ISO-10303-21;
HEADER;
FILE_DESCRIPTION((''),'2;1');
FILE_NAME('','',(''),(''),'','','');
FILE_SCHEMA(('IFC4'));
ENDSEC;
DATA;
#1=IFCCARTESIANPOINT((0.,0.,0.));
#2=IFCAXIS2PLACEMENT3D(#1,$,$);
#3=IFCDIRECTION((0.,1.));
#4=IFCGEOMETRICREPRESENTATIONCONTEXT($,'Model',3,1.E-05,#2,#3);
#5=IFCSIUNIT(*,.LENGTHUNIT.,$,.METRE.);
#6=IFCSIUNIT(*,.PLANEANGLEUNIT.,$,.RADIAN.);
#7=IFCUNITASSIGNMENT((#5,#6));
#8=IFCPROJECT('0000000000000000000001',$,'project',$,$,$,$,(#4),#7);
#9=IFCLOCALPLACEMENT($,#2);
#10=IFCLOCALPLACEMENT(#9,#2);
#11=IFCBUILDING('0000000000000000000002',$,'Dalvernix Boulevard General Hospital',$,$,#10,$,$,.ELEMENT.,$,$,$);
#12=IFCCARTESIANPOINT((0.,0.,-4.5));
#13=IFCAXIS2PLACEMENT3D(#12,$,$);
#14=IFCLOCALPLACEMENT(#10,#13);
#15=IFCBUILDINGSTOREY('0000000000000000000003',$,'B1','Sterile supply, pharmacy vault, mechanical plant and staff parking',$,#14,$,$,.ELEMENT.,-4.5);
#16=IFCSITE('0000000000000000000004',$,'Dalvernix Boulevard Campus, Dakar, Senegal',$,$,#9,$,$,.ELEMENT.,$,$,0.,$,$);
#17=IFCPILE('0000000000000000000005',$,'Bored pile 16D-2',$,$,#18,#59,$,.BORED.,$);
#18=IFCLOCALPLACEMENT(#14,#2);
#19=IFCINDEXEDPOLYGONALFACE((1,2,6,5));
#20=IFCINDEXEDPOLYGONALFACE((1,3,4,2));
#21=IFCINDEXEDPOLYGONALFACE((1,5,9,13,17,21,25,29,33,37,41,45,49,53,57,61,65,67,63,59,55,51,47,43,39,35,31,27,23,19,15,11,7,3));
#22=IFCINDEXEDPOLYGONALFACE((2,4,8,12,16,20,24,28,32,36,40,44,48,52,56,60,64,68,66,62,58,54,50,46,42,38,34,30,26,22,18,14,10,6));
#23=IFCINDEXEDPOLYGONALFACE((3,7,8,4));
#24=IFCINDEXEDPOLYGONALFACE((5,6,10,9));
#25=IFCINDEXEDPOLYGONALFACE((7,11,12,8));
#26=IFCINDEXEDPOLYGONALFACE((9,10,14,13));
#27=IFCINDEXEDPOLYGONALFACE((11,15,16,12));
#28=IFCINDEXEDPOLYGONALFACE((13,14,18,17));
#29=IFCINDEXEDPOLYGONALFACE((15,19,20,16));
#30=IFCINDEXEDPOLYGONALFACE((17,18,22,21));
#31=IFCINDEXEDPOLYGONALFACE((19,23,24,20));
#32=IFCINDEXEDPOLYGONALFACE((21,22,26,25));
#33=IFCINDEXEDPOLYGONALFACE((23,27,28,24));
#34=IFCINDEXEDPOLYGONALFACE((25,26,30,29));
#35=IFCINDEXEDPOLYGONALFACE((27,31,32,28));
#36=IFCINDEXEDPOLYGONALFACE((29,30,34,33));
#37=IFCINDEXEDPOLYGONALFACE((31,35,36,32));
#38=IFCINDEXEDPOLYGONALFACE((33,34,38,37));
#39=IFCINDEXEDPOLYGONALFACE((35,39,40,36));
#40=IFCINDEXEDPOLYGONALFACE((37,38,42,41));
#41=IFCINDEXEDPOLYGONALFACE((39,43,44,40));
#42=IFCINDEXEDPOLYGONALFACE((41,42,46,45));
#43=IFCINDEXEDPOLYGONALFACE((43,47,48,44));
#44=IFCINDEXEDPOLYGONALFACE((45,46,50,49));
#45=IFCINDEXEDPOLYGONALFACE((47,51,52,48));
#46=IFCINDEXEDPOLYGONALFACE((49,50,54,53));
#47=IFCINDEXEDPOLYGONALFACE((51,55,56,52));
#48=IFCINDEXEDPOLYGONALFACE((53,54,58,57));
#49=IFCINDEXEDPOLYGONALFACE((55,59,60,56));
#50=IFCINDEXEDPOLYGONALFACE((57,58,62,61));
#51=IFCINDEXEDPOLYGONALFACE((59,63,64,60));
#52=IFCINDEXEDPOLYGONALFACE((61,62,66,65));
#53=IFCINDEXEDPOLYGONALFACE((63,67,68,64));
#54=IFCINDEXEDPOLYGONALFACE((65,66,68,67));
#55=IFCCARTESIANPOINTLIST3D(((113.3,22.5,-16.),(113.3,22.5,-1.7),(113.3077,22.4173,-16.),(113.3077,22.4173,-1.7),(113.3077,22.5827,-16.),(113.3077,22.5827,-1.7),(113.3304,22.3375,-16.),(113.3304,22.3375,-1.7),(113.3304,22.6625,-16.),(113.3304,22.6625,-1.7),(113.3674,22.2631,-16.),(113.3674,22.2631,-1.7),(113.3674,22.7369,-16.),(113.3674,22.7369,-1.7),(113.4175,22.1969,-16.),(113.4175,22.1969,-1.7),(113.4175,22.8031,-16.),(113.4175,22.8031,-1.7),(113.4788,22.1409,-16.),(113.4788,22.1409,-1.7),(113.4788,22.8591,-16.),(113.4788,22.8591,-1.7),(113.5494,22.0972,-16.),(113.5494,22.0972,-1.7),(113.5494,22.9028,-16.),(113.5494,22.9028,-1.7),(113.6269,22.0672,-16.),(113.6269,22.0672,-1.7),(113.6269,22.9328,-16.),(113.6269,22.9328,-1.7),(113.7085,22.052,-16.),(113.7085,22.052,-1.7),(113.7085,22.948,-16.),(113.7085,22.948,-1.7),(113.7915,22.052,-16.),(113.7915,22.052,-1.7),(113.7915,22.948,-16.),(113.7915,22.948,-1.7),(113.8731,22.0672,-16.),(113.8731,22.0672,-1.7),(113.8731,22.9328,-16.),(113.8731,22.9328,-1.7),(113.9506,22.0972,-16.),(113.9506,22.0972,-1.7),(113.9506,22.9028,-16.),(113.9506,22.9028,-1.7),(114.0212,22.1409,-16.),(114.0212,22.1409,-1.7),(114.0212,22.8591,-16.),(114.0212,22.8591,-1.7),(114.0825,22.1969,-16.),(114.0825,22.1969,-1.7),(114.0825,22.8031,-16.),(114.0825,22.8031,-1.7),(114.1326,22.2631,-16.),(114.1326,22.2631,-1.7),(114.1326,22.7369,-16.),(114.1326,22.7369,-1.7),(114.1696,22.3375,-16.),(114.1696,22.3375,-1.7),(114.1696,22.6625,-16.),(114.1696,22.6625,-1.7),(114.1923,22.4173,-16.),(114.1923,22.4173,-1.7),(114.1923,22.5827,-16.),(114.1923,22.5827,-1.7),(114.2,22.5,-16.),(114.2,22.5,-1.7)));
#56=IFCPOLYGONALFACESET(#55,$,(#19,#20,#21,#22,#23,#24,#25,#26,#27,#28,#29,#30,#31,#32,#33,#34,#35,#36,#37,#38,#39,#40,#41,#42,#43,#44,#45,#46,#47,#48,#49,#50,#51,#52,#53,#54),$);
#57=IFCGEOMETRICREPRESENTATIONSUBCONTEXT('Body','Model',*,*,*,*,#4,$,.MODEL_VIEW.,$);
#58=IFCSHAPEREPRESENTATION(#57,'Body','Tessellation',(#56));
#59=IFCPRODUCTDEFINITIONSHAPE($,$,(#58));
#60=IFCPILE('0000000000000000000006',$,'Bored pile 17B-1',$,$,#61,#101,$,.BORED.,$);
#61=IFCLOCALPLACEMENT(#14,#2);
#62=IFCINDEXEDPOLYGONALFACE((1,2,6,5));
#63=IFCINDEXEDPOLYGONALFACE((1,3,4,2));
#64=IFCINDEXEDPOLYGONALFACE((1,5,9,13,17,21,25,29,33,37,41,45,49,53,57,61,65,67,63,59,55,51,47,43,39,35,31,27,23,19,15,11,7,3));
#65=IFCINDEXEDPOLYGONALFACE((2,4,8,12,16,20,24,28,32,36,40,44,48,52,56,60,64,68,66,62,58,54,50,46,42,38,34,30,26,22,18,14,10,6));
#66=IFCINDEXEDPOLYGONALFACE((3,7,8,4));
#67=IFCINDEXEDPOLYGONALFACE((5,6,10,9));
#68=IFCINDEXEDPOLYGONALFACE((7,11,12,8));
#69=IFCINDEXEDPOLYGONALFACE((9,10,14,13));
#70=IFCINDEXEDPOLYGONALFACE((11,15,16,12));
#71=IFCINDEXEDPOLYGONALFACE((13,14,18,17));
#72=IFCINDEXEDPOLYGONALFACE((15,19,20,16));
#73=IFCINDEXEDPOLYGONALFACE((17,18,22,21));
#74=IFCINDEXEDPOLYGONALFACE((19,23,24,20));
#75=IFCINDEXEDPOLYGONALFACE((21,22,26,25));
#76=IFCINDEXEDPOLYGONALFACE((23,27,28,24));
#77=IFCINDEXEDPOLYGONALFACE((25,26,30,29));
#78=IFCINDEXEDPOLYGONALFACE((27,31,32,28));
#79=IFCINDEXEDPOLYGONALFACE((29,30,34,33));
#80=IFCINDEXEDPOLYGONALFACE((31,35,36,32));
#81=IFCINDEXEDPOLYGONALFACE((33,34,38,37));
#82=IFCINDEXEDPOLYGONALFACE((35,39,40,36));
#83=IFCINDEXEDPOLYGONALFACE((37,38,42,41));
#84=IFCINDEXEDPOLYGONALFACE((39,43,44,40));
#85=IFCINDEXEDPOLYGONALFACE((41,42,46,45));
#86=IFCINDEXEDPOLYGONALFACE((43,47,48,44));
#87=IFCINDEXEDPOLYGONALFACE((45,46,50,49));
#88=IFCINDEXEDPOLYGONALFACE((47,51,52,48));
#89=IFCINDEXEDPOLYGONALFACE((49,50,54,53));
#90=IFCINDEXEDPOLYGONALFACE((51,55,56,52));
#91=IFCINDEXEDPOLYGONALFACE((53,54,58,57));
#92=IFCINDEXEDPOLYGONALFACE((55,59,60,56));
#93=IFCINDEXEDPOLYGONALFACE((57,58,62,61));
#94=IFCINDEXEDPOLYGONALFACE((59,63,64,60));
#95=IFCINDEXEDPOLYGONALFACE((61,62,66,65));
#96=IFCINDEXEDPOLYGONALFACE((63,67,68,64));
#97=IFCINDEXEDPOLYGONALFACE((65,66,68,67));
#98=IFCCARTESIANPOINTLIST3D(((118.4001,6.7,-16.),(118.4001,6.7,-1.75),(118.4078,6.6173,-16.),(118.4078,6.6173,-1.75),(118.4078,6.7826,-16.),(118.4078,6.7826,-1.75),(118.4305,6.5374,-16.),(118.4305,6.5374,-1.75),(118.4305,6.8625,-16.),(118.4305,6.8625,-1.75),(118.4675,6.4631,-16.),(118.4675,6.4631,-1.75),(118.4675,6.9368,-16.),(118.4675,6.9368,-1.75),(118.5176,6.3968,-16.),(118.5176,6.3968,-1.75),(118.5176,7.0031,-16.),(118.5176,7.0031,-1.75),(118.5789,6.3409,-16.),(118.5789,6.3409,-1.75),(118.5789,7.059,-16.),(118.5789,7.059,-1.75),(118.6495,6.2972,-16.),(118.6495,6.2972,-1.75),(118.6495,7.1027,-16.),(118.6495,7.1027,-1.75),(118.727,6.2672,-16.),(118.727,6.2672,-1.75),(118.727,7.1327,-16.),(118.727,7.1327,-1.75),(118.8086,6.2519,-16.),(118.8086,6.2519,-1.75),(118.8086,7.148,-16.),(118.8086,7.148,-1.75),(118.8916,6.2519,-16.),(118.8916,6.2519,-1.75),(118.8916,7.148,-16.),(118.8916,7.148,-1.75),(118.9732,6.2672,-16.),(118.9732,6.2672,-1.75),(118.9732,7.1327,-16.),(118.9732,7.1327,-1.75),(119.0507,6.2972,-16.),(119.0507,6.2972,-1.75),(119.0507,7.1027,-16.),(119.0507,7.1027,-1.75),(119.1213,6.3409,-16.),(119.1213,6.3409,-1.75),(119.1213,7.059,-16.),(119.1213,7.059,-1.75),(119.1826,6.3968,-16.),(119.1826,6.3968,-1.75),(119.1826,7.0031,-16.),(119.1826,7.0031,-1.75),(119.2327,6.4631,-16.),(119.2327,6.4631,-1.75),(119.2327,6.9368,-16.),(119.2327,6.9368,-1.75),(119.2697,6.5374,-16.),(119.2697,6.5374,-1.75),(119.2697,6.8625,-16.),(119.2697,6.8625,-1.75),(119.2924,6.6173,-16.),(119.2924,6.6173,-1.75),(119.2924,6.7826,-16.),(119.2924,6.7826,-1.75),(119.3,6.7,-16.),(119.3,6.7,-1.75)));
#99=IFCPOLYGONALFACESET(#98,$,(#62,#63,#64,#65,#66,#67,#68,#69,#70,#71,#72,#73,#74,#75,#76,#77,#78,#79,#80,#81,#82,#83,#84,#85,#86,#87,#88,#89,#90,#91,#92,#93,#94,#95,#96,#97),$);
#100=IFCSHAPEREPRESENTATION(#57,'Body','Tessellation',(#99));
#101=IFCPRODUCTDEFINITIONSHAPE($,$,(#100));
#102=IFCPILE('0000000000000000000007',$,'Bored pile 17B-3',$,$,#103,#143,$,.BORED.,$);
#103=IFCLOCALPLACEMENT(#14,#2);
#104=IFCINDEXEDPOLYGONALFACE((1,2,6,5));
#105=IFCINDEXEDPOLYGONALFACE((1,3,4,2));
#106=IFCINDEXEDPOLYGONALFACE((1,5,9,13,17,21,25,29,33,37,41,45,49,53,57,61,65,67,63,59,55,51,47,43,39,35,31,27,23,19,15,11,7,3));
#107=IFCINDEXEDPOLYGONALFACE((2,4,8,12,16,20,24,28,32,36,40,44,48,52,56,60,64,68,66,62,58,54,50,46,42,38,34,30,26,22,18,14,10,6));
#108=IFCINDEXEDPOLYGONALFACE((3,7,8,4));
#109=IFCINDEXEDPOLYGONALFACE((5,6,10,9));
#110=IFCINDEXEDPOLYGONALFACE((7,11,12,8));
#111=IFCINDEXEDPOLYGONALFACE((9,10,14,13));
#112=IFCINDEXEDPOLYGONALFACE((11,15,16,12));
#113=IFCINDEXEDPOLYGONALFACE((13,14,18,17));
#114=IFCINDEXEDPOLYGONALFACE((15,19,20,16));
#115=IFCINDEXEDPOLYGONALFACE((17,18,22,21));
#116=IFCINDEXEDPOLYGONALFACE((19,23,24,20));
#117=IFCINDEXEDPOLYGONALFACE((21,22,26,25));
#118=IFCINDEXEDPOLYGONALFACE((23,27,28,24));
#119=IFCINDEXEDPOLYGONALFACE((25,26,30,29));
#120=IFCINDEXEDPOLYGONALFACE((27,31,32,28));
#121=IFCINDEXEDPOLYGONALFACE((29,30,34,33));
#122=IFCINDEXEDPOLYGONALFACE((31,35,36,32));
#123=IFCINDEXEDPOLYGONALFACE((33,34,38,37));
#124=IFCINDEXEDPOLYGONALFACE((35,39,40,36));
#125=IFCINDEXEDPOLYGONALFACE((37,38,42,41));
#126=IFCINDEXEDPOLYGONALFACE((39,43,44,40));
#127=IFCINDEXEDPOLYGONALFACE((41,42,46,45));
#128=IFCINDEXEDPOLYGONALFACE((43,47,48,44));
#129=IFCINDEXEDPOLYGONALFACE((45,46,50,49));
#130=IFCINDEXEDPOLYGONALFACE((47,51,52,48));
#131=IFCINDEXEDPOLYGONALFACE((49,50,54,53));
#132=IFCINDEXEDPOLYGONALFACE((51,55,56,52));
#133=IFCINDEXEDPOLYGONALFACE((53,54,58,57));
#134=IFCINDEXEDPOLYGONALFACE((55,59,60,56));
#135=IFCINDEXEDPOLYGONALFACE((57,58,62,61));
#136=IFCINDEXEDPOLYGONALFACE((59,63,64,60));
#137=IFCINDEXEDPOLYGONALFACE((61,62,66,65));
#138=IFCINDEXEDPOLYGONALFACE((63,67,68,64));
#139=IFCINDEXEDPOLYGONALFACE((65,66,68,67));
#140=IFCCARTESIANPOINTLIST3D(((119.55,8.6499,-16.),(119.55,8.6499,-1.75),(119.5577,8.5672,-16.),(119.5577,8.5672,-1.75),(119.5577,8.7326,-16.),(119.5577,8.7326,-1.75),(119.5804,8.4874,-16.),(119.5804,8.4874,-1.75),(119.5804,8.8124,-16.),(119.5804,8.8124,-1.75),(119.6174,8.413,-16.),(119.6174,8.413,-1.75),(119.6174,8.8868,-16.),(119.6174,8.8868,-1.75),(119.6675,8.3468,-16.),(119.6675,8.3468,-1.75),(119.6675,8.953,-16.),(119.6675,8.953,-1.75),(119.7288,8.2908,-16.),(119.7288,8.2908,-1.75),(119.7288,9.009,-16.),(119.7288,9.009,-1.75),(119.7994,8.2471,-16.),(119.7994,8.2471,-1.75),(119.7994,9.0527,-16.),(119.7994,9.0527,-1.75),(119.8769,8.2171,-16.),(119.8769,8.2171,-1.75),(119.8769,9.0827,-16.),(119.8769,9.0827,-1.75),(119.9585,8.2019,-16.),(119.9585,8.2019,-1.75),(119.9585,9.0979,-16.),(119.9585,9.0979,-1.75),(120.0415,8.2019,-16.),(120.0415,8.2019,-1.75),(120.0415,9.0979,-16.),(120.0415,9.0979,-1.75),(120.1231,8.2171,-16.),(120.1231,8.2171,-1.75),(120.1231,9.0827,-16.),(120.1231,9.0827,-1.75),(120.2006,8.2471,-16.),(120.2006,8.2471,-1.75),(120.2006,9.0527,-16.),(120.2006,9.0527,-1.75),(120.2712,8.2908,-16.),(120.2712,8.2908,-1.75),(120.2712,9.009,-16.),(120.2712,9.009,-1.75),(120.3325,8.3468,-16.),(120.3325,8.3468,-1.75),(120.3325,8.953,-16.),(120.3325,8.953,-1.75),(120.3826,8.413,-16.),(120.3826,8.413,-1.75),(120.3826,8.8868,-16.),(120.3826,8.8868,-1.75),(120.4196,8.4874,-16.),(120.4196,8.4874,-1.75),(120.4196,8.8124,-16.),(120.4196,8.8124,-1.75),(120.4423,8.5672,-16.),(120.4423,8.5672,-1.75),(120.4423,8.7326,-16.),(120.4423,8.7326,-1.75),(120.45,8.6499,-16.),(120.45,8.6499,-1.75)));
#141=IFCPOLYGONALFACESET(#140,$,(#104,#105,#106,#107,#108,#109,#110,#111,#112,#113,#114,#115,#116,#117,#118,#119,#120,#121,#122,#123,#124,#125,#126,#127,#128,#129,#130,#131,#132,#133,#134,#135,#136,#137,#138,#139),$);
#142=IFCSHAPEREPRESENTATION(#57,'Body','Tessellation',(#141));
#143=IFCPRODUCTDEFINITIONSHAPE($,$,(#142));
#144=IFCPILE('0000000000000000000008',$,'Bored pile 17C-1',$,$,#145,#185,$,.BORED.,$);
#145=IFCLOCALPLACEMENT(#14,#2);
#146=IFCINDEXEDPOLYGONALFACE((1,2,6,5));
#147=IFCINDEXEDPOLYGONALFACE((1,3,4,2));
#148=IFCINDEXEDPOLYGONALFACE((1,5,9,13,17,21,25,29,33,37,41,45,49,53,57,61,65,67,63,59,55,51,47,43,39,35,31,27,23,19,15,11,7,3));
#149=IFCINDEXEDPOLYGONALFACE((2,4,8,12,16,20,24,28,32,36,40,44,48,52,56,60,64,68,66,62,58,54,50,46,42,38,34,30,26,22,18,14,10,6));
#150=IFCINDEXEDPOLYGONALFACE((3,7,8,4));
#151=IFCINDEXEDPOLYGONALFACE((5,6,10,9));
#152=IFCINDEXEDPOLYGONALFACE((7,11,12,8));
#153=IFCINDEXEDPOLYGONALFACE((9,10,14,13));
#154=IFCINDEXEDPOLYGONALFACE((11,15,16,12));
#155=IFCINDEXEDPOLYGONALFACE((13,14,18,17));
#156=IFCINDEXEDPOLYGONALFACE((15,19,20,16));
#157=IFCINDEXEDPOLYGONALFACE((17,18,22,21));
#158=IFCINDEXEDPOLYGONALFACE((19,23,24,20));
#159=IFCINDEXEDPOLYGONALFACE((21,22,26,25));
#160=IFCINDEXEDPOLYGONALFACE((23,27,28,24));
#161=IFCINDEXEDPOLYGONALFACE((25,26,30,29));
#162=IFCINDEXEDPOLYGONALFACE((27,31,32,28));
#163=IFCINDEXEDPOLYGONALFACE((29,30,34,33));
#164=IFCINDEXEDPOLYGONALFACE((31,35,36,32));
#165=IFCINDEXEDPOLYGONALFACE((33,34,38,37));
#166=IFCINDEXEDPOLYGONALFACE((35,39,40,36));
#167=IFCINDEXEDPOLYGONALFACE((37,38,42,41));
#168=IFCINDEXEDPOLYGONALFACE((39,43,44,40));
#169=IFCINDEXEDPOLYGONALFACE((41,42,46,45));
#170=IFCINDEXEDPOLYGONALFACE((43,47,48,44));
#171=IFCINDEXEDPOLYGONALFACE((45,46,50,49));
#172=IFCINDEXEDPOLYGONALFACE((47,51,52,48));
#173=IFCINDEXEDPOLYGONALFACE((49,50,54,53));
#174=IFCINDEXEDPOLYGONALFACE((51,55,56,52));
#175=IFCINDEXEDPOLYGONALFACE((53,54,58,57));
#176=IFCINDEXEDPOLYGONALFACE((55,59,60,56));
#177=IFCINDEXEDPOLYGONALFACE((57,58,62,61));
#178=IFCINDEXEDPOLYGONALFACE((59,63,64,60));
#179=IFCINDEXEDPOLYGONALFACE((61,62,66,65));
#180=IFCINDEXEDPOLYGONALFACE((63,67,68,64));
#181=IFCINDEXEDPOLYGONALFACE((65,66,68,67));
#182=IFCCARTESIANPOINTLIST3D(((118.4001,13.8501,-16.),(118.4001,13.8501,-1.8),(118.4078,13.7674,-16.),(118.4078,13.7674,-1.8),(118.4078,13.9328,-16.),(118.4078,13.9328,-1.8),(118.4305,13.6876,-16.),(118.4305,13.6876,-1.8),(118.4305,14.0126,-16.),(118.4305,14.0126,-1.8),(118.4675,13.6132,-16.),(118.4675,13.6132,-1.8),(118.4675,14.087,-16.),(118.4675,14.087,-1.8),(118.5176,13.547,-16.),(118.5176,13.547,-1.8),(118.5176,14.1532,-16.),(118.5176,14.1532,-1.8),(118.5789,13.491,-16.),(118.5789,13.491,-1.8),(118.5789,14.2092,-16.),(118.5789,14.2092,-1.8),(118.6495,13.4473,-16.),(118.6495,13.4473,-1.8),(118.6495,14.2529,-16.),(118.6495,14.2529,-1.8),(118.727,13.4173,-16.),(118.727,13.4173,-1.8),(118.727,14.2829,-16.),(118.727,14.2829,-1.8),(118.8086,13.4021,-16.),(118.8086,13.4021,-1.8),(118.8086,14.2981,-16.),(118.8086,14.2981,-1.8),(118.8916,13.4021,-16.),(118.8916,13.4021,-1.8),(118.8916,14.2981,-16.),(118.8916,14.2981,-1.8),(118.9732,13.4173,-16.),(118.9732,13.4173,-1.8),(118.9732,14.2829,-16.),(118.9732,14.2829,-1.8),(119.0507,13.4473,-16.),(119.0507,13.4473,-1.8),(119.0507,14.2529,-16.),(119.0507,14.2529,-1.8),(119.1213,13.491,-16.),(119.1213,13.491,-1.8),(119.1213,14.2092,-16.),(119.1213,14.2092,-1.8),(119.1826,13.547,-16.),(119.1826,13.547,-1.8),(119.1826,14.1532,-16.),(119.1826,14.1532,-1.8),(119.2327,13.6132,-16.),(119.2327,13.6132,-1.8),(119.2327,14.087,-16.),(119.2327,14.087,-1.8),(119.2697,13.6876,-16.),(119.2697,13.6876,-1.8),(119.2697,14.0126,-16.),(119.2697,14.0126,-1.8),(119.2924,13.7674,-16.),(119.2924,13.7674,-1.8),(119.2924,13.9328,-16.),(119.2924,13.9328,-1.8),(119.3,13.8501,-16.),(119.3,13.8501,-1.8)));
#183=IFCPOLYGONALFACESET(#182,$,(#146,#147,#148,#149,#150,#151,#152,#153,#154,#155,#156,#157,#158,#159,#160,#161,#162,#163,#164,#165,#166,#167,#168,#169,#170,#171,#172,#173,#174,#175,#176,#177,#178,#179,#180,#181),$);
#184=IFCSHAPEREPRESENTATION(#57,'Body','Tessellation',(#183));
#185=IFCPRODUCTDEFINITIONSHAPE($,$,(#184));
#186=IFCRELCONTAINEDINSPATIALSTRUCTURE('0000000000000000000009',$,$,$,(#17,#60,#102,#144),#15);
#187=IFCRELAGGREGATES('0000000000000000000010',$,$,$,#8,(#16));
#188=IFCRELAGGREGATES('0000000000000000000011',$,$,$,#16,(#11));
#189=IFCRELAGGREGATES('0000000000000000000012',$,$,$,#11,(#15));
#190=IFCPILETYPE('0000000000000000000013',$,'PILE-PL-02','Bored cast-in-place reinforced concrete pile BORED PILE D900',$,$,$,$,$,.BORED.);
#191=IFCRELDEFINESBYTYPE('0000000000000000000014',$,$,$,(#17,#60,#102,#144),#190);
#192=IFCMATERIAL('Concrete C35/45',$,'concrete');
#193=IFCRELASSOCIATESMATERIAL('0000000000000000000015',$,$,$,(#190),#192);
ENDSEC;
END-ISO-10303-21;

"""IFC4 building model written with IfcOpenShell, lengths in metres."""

from ifc_helpers import new_model, si_unit, direction, frame, origin, origin_2d, place, context, subcontext, project, spatial, circle, extrude, material, material_profile, profile_set, type_object, element, save


model = new_model("IFC4")

# Units and contexts
model_context = context("Model", 3, precision=1e-05, world=origin(), true_north=direction((0.0, 1.0)))
body_context = subcontext(model_context, "Body", "Model", "MODEL_VIEW")
ifc_project = project(units=[si_unit("LENGTHUNIT", "METRE"), si_unit("PLANEANGLEUNIT", "RADIAN")], contexts=[model_context])

# Site, building, storey
site_placement = place(None, origin())
site = spatial("IfcSite", under=ifc_project, at=site_placement, Name="Dalvernix Boulevard Campus, Dakar, Senegal", CompositionType="ELEMENT", RefElevation=0.0)
building_placement = place(site_placement, origin())
building = spatial("IfcBuilding", under=site, at=building_placement, Name="Dalvernix Boulevard General Hospital", CompositionType="ELEMENT")
storey_placement = place(building_placement, frame((0.0, 0.0, -4.5)))
storey = spatial("IfcBuildingStorey", under=building, at=storey_placement, Name="B1", Description="Sterile supply, pharmacy vault, mechanical plant and staff parking", CompositionType="ELEMENT", Elevation=-4.5)

# Shared definitions
ifc_material_1 = material(Name="Concrete C35/45", Category="concrete")

# Piles
ifc_material_profile_1 = material_profile(ifc_material_1, circle(Radius=0.45, at=origin_2d()), Name="BORED PILE D900")
ifc_profile_set_1 = profile_set([ifc_material_profile_1], Name="Concrete C35/45")
pile_type_1 = type_object("IfcPileType", Name="PILE-PL-02", Description="Bored cast-in-place reinforced concrete pile BORED PILE D900", PredefinedType="BORED", material=ifc_profile_set_1)
for number, where, z_axis, x_axis, name in (
    (1, (113.75, 22.5, -1.7), (0.0, 0.0, -1.0), (1.0, 0.0, 0.0), "Bored pile 16D-2"),
):
    element("IfcPile", number, at=place(storey_placement, frame(where, z_axis=z_axis, x_axis=x_axis)), inside=storey, type_object=pile_type_1, Name=name, PredefinedType="BORED", context=body_context, shape_type="SweptSolid", body=[
        extrude(circle(Radius=0.45, at=origin_2d()), origin(), (0.0, 0.0, 1.0), 14.3),
    ])
for number, where, z_axis, x_axis, name in (
    (2, (118.8501, 6.7, -1.75), (0.0, 0.0, -1.0), (1.0, 0.0, 0.0), "Bored pile 17B-1"),
    (3, (120.0, 8.6499, -1.75), (0.0, 0.0, -1.0), (1.0, 0.0, 0.0), "Bored pile 17B-3"),
):
    element("IfcPile", number, at=place(storey_placement, frame(where, z_axis=z_axis, x_axis=x_axis)), inside=storey, type_object=pile_type_1, Name=name, PredefinedType="BORED", context=body_context, shape_type="SweptSolid", body=[
        extrude(circle(Radius=0.45, at=origin_2d()), origin(), (0.0, 0.0, 1.0), 14.25),
    ])
for number, where, z_axis, x_axis, name in (
    (4, (118.8501, 13.8501, -1.8), (0.0, 0.0, -1.0), (1.0, 0.0, 0.0), "Bored pile 17C-1"),
):
    element("IfcPile", number, at=place(storey_placement, frame(where, z_axis=z_axis, x_axis=x_axis)), inside=storey, type_object=pile_type_1, Name=name, PredefinedType="BORED", context=body_context, shape_type="SweptSolid", body=[
        extrude(circle(Radius=0.45, at=origin_2d()), origin(), (0.0, 0.0, 1.0), 14.2),
    ])

save(model, "model.ifc")
